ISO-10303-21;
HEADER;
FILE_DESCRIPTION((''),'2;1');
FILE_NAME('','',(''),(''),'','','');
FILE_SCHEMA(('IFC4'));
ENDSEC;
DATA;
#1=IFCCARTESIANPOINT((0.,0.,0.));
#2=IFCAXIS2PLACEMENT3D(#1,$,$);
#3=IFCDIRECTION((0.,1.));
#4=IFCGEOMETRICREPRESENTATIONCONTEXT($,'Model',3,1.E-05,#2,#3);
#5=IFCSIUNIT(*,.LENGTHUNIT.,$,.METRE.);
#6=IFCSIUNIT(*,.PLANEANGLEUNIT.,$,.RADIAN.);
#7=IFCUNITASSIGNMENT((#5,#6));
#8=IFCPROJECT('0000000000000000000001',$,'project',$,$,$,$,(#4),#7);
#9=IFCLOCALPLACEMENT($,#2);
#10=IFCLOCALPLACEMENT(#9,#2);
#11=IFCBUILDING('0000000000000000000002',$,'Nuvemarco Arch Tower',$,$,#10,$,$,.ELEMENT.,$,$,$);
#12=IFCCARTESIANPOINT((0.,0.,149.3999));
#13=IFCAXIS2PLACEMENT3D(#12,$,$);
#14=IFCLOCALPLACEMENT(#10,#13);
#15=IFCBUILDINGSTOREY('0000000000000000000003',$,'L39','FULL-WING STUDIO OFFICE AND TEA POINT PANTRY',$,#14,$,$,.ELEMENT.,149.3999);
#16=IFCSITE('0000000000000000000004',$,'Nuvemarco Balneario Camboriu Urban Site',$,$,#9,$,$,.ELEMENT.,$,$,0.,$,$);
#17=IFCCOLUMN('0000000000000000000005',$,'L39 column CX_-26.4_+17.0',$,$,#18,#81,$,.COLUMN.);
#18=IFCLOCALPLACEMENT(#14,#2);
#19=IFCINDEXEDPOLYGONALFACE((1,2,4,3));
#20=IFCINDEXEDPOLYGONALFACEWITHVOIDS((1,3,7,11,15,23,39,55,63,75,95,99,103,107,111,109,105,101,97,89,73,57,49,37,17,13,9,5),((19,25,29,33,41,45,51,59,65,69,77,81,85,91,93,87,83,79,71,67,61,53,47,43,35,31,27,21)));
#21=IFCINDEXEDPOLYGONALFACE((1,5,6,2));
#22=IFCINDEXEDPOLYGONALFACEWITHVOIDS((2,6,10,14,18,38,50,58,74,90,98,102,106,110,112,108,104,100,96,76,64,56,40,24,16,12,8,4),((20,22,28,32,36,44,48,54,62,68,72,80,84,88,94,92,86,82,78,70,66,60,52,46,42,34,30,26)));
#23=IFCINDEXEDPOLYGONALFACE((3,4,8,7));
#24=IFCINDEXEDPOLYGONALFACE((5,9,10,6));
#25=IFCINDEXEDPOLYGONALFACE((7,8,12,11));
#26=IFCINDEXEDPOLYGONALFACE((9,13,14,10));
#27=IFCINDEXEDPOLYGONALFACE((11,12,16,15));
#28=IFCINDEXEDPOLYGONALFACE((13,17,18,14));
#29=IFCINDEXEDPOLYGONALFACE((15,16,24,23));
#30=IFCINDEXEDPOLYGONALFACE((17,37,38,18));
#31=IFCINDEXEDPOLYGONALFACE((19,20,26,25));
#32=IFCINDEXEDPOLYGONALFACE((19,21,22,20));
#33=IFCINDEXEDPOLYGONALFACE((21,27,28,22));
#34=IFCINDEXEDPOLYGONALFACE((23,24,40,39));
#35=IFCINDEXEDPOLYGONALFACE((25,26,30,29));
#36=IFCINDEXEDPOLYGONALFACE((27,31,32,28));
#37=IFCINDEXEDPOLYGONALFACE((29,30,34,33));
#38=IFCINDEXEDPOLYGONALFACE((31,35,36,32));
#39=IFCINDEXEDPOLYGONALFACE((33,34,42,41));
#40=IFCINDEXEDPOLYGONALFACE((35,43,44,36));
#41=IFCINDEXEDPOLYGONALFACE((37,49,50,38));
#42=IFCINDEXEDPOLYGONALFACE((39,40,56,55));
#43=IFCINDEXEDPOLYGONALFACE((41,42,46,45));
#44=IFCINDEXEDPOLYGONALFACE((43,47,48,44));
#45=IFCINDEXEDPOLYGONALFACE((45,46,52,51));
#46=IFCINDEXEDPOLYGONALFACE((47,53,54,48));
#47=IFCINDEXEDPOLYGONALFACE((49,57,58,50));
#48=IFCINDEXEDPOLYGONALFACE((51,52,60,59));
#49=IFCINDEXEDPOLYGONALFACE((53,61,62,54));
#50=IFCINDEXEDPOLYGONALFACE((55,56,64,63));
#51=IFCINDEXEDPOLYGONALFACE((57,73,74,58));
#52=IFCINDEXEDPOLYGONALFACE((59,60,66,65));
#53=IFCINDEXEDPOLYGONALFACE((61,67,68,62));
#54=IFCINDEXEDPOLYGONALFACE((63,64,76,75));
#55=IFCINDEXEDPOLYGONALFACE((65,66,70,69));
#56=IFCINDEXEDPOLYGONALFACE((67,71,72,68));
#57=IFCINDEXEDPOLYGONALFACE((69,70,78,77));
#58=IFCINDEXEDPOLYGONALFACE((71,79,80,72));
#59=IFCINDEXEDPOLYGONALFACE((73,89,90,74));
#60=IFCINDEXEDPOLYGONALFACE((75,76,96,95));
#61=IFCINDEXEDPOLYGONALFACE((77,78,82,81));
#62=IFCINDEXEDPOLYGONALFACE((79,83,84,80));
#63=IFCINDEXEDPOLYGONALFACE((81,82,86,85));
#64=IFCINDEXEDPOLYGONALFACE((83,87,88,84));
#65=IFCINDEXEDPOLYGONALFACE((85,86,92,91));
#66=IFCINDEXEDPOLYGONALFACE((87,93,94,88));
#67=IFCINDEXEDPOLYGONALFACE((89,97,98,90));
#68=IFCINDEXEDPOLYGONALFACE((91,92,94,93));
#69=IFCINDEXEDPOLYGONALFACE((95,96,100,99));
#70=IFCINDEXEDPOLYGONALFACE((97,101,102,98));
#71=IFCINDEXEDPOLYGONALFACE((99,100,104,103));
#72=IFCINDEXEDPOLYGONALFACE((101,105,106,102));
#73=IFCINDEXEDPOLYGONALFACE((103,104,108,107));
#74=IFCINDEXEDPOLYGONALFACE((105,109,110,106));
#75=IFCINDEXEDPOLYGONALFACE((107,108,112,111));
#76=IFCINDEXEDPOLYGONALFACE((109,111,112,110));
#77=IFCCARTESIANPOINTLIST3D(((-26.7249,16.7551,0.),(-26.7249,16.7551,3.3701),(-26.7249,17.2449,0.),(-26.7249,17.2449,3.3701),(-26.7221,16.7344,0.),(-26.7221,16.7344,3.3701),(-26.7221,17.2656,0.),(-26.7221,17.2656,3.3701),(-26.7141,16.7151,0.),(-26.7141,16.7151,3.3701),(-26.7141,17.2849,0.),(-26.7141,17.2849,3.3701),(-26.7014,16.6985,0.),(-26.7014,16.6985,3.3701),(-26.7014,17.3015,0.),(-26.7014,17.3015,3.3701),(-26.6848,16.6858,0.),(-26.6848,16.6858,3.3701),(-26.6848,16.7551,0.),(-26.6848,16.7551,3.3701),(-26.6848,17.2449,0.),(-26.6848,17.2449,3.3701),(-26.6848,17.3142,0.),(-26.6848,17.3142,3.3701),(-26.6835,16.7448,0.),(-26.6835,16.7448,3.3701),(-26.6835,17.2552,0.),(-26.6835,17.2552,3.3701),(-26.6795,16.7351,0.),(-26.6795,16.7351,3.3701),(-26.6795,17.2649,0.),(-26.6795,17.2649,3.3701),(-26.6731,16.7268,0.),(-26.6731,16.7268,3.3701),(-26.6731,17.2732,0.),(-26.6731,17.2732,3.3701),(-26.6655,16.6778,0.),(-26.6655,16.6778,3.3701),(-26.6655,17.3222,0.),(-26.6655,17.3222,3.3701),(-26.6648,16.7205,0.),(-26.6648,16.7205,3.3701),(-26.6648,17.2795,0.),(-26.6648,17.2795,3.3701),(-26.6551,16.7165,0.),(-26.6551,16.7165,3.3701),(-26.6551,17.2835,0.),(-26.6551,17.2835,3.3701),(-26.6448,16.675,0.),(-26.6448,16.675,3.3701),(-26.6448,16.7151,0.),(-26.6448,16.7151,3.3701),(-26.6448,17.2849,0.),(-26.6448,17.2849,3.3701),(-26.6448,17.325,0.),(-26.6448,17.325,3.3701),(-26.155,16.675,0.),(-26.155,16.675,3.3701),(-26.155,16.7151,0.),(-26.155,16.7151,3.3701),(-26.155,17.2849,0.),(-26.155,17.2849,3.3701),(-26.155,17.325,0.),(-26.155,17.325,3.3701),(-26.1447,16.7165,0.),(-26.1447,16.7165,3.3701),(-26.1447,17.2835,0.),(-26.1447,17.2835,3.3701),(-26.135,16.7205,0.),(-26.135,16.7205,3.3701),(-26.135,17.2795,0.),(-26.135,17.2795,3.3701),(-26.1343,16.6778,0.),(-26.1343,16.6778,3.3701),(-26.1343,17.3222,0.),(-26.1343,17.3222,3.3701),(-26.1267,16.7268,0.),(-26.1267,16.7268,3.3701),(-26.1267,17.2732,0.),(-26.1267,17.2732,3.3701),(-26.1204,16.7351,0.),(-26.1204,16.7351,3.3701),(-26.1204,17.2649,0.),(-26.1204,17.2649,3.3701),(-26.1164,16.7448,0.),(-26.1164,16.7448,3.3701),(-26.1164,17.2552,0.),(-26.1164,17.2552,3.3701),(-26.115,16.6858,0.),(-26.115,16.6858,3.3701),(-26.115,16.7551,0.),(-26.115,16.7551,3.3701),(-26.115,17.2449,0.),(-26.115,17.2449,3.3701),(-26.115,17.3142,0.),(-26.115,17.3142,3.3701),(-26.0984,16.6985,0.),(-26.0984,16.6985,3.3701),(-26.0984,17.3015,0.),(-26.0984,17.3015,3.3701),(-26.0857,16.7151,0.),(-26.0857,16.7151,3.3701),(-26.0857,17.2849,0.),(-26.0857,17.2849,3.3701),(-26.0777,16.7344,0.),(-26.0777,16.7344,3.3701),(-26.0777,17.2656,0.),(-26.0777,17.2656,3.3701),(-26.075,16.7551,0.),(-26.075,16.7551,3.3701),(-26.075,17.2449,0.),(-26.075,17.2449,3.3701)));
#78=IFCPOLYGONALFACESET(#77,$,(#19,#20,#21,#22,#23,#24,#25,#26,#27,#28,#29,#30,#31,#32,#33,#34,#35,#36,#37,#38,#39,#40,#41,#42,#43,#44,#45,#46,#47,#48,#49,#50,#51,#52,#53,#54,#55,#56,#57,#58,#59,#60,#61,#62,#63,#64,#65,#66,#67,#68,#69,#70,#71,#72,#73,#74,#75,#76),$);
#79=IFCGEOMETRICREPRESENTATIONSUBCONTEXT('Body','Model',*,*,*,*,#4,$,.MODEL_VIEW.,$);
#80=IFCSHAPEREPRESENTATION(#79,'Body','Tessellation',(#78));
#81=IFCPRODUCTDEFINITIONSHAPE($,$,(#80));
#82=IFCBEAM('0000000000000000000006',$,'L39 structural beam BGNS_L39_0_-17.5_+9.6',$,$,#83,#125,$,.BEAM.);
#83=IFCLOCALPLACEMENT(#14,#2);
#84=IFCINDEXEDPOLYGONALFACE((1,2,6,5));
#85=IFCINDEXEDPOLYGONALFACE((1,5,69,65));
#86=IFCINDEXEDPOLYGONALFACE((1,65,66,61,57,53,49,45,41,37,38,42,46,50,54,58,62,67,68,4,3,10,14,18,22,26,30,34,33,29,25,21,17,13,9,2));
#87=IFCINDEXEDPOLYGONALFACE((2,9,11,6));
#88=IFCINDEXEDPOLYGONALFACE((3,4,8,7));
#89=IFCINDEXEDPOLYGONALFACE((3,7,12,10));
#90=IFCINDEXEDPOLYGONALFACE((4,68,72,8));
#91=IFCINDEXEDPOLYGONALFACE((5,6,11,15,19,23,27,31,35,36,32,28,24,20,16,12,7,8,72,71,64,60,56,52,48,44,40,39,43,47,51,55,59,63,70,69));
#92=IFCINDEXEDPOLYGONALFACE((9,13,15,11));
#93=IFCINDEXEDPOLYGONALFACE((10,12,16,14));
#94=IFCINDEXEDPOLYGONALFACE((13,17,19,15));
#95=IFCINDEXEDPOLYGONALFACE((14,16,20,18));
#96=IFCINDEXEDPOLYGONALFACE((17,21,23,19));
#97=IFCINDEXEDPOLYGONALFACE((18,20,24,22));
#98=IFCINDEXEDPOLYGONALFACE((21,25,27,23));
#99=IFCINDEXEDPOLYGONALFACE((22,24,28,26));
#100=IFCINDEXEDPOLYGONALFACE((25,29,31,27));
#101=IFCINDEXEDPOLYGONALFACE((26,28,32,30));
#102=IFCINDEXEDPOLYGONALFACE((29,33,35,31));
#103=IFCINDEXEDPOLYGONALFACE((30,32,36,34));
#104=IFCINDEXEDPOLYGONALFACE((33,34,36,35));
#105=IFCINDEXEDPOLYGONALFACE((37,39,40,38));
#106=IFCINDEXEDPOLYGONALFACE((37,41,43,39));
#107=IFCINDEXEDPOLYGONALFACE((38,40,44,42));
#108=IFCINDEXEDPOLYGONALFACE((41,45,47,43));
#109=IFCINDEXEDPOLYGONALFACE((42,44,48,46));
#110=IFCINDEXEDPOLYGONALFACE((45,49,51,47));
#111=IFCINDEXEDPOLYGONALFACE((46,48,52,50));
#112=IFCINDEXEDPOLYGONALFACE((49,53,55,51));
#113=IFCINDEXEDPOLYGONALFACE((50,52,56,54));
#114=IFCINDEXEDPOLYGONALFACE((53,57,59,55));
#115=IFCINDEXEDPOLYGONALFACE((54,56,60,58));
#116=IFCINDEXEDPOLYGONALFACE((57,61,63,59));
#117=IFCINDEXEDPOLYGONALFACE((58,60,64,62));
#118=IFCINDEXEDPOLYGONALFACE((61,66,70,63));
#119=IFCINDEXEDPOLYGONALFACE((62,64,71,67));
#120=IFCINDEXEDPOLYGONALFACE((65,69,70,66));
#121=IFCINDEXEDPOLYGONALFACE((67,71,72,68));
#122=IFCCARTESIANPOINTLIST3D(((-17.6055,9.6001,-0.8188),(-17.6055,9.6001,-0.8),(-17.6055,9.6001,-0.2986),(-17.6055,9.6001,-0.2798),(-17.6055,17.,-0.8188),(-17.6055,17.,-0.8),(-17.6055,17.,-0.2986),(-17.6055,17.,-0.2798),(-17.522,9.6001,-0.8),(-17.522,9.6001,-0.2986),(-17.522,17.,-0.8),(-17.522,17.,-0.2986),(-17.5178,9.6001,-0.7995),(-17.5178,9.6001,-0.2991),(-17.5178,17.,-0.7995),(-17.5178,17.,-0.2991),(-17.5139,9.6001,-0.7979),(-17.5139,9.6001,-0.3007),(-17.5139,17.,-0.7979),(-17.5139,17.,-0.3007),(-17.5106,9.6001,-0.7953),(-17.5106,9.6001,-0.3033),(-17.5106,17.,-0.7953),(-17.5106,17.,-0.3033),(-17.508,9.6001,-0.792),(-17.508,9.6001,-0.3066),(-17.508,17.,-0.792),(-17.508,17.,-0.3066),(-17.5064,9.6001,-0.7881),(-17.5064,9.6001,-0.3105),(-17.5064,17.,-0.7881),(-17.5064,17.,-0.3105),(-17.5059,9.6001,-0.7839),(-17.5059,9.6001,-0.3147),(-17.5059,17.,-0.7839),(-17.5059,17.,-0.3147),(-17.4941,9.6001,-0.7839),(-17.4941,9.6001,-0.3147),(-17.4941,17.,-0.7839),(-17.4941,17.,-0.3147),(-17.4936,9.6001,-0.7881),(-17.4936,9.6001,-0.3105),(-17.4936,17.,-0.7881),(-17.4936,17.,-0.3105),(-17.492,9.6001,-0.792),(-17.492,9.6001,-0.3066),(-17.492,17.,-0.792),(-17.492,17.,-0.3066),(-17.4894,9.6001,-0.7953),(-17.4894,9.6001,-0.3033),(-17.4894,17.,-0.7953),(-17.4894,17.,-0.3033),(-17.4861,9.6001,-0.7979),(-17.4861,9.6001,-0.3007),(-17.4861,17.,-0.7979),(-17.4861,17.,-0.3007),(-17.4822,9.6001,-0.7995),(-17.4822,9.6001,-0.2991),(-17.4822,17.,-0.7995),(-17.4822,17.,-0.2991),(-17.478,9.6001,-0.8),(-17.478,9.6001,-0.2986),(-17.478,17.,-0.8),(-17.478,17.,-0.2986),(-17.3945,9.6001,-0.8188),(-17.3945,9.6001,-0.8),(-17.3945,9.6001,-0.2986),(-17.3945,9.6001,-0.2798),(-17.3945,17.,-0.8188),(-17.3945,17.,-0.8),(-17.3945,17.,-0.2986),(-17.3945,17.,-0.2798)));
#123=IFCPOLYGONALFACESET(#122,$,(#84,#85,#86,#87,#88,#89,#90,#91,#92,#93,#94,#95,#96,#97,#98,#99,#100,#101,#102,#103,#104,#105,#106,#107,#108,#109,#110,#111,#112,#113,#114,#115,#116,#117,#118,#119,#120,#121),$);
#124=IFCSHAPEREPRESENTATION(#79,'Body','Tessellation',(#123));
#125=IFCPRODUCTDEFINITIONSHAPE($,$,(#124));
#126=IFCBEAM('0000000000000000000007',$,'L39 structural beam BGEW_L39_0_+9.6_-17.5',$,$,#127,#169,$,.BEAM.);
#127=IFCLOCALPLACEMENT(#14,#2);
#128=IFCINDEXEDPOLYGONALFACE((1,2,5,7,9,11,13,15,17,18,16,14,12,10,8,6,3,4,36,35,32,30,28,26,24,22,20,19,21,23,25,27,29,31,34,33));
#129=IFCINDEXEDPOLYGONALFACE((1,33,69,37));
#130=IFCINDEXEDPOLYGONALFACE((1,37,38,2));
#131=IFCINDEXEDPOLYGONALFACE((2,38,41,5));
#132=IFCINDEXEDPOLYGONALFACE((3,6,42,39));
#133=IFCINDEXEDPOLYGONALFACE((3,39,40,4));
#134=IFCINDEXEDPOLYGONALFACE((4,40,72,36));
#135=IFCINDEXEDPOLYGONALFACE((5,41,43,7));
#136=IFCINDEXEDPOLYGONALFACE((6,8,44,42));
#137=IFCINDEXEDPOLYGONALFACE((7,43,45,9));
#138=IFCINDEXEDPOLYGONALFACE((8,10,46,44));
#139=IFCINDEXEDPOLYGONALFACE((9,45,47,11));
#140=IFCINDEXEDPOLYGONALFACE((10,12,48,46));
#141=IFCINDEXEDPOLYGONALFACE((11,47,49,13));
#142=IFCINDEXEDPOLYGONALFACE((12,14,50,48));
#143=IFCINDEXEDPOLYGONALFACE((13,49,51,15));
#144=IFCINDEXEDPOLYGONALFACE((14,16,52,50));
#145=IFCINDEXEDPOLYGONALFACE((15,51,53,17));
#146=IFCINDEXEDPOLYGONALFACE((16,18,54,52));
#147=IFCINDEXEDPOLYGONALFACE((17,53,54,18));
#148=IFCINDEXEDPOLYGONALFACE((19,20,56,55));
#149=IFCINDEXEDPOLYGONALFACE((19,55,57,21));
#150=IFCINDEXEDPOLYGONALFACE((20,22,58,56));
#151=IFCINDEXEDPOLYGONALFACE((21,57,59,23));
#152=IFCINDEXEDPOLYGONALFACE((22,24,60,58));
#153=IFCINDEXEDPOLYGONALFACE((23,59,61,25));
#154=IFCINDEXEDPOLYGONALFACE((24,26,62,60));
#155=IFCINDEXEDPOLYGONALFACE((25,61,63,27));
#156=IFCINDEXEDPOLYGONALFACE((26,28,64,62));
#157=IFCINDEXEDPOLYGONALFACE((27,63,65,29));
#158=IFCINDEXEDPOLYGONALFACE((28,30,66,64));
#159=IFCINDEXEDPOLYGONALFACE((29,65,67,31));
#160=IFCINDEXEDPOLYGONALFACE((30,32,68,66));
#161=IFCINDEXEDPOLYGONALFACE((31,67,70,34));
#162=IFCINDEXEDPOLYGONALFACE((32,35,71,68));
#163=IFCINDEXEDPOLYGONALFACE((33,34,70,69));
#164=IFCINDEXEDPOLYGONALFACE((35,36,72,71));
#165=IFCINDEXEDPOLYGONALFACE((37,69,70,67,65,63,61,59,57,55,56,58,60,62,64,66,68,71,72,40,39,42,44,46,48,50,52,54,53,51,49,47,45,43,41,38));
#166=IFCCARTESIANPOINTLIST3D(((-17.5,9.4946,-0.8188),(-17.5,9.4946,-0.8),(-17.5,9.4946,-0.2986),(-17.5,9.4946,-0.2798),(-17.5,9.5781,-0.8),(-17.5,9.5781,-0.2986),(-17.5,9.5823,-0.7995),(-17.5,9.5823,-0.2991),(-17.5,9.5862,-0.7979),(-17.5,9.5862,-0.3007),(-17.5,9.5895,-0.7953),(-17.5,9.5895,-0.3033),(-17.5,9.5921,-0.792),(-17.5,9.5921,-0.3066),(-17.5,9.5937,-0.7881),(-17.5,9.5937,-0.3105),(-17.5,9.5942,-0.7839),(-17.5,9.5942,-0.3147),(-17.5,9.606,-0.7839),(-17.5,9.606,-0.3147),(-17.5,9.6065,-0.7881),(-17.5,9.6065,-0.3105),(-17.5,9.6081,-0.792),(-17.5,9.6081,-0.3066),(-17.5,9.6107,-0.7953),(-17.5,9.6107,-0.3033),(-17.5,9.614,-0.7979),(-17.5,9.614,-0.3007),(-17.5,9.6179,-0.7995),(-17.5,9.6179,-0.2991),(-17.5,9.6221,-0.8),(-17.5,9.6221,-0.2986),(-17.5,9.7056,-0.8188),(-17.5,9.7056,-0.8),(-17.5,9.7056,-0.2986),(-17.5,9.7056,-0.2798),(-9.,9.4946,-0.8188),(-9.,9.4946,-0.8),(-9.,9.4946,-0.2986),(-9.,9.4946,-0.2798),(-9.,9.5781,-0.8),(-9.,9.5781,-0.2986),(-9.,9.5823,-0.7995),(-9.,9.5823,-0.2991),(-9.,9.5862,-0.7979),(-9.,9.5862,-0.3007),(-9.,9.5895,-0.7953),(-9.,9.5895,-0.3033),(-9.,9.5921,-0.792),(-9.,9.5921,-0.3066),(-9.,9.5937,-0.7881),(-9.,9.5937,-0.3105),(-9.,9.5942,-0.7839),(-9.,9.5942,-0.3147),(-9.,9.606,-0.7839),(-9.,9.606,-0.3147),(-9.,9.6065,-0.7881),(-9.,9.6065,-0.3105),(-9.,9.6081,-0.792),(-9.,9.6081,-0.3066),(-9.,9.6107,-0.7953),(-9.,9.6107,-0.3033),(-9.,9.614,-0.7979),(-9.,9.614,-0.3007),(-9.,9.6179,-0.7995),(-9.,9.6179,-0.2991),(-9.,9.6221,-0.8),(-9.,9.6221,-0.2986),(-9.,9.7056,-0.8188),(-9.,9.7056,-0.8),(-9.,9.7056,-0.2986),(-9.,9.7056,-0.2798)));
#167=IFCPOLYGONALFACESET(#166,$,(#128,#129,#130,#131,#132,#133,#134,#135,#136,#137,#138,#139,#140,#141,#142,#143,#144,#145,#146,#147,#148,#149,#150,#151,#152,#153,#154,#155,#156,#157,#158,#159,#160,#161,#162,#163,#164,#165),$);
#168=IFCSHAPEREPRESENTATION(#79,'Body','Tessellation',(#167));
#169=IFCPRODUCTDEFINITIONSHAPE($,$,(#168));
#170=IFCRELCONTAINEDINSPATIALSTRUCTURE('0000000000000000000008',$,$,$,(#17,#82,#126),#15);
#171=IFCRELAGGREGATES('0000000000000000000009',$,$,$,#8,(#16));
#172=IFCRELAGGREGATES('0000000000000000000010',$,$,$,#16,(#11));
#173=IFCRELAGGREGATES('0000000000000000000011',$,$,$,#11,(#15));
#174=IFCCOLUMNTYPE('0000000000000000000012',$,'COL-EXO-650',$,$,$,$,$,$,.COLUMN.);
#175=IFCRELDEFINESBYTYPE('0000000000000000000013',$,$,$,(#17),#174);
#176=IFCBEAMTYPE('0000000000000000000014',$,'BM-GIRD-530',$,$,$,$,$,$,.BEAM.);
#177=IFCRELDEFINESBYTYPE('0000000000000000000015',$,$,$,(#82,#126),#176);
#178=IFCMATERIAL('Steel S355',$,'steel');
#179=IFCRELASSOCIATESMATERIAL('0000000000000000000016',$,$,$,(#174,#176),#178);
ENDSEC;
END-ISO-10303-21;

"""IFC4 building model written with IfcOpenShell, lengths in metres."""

from ifc_helpers import new_model, si_unit, direction, frame, origin, origin_2d, place, context, subcontext, project, spatial, hollow_rectangle, i_section, extrude, material, material_profile, profile_set, type_object, element, save


model = new_model("IFC4")

# Units and contexts
model_context = context("Model", 3, precision=1e-05, world=origin(), true_north=direction((0.0, 1.0)))
body_context = subcontext(model_context, "Body", "Model", "MODEL_VIEW")
ifc_project = project(units=[si_unit("LENGTHUNIT", "METRE"), si_unit("PLANEANGLEUNIT", "RADIAN")], contexts=[model_context])

# Site, building, storey
site_placement = place(None, origin())
site = spatial("IfcSite", under=ifc_project, at=site_placement, Name="Nuvemarco Balneario Camboriu Urban Site", CompositionType="ELEMENT", RefElevation=0.0)
building_placement = place(site_placement, origin())
building = spatial("IfcBuilding", under=site, at=building_placement, Name="Nuvemarco Arch Tower", CompositionType="ELEMENT")
storey_placement = place(building_placement, frame((0.0, 0.0, 149.3999)))
storey = spatial("IfcBuildingStorey", under=building, at=storey_placement, Name="L39", Description="FULL-WING STUDIO OFFICE AND TEA POINT PANTRY", CompositionType="ELEMENT", Elevation=149.3999)

# Column
ifc_material_1 = material(Name="Steel S355", Category="steel")
ifc_material_profile_1 = material_profile(ifc_material_1, hollow_rectangle(XDim=0.6499, YDim=0.6499, WallThickness=0.04, InnerFilletRadius=0.04, OuterFilletRadius=0.0801, at=origin_2d()), Name="SHS650x650x40")
ifc_profile_set_1 = profile_set([ifc_material_profile_1], Name="Steel S355")
column_type = type_object("IfcColumnType", Name="COL-EXO-650", PredefinedType="COLUMN", material=ifc_profile_set_1)
column_placement = place(storey_placement, frame((-26.3999, 17.0, 0.0), z_axis=(0.0, 0.0, 1.0), x_axis=(1.0, 0.0, 0.0)))
element("IfcColumn", 1, at=column_placement, inside=storey, type_object=column_type, Name="L39 column CX_-26.4_+17.0", PredefinedType="COLUMN", context=body_context, shape_type="SweptSolid", body=[
    extrude(hollow_rectangle(XDim=0.6499, YDim=0.6499, WallThickness=0.04, InnerFilletRadius=0.04, OuterFilletRadius=0.0801, at=origin_2d()), origin(), (0.0, 0.0, 1.0), 3.3701),
])

# Beams
ifc_material_profile_2 = material_profile(ifc_material_1, i_section(OverallWidth=0.2109, OverallDepth=0.5391, WebThickness=0.0117, FlangeThickness=0.0188, FilletRadius=0.0161, at=origin_2d()), Name="W530x109")
ifc_profile_set_2 = profile_set([ifc_material_profile_2], Name="Steel S355")
beam_type_1 = type_object("IfcBeamType", Name="BM-GIRD-530", PredefinedType="BEAM", material=ifc_profile_set_2)
beam_1_placement = place(storey_placement, frame((-17.5, 9.6001, -0.5493), z_axis=(0.0, 1.0, 0.0), x_axis=(-1.0, 0.0, 0.0)))
element("IfcBeam", 2, at=beam_1_placement, inside=storey, type_object=beam_type_1, Name="L39 structural beam BGNS_L39_0_-17.5_+9.6", PredefinedType="BEAM", context=body_context, shape_type="SweptSolid", body=[
    extrude(i_section(OverallWidth=0.2109, OverallDepth=0.5391, WebThickness=0.0117, FlangeThickness=0.0188, FilletRadius=0.0161, at=origin_2d()), origin(), (0.0, 0.0, 1.0), 7.3999),
])
beam_2_placement = place(storey_placement, frame((-17.5, 9.6001, -0.5493), z_axis=(1.0, 0.0, 0.0), x_axis=(0.0, 1.0, 0.0)))
element("IfcBeam", 3, at=beam_2_placement, inside=storey, type_object=beam_type_1, Name="L39 structural beam BGEW_L39_0_+9.6_-17.5", PredefinedType="BEAM", context=body_context, shape_type="SweptSolid", body=[
    extrude(i_section(OverallWidth=0.2109, OverallDepth=0.5391, WebThickness=0.0117, FlangeThickness=0.0188, FilletRadius=0.0161, at=origin_2d()), origin(), (0.0, 0.0, 1.0), 8.5),
])

save(model, "model.ifc")
